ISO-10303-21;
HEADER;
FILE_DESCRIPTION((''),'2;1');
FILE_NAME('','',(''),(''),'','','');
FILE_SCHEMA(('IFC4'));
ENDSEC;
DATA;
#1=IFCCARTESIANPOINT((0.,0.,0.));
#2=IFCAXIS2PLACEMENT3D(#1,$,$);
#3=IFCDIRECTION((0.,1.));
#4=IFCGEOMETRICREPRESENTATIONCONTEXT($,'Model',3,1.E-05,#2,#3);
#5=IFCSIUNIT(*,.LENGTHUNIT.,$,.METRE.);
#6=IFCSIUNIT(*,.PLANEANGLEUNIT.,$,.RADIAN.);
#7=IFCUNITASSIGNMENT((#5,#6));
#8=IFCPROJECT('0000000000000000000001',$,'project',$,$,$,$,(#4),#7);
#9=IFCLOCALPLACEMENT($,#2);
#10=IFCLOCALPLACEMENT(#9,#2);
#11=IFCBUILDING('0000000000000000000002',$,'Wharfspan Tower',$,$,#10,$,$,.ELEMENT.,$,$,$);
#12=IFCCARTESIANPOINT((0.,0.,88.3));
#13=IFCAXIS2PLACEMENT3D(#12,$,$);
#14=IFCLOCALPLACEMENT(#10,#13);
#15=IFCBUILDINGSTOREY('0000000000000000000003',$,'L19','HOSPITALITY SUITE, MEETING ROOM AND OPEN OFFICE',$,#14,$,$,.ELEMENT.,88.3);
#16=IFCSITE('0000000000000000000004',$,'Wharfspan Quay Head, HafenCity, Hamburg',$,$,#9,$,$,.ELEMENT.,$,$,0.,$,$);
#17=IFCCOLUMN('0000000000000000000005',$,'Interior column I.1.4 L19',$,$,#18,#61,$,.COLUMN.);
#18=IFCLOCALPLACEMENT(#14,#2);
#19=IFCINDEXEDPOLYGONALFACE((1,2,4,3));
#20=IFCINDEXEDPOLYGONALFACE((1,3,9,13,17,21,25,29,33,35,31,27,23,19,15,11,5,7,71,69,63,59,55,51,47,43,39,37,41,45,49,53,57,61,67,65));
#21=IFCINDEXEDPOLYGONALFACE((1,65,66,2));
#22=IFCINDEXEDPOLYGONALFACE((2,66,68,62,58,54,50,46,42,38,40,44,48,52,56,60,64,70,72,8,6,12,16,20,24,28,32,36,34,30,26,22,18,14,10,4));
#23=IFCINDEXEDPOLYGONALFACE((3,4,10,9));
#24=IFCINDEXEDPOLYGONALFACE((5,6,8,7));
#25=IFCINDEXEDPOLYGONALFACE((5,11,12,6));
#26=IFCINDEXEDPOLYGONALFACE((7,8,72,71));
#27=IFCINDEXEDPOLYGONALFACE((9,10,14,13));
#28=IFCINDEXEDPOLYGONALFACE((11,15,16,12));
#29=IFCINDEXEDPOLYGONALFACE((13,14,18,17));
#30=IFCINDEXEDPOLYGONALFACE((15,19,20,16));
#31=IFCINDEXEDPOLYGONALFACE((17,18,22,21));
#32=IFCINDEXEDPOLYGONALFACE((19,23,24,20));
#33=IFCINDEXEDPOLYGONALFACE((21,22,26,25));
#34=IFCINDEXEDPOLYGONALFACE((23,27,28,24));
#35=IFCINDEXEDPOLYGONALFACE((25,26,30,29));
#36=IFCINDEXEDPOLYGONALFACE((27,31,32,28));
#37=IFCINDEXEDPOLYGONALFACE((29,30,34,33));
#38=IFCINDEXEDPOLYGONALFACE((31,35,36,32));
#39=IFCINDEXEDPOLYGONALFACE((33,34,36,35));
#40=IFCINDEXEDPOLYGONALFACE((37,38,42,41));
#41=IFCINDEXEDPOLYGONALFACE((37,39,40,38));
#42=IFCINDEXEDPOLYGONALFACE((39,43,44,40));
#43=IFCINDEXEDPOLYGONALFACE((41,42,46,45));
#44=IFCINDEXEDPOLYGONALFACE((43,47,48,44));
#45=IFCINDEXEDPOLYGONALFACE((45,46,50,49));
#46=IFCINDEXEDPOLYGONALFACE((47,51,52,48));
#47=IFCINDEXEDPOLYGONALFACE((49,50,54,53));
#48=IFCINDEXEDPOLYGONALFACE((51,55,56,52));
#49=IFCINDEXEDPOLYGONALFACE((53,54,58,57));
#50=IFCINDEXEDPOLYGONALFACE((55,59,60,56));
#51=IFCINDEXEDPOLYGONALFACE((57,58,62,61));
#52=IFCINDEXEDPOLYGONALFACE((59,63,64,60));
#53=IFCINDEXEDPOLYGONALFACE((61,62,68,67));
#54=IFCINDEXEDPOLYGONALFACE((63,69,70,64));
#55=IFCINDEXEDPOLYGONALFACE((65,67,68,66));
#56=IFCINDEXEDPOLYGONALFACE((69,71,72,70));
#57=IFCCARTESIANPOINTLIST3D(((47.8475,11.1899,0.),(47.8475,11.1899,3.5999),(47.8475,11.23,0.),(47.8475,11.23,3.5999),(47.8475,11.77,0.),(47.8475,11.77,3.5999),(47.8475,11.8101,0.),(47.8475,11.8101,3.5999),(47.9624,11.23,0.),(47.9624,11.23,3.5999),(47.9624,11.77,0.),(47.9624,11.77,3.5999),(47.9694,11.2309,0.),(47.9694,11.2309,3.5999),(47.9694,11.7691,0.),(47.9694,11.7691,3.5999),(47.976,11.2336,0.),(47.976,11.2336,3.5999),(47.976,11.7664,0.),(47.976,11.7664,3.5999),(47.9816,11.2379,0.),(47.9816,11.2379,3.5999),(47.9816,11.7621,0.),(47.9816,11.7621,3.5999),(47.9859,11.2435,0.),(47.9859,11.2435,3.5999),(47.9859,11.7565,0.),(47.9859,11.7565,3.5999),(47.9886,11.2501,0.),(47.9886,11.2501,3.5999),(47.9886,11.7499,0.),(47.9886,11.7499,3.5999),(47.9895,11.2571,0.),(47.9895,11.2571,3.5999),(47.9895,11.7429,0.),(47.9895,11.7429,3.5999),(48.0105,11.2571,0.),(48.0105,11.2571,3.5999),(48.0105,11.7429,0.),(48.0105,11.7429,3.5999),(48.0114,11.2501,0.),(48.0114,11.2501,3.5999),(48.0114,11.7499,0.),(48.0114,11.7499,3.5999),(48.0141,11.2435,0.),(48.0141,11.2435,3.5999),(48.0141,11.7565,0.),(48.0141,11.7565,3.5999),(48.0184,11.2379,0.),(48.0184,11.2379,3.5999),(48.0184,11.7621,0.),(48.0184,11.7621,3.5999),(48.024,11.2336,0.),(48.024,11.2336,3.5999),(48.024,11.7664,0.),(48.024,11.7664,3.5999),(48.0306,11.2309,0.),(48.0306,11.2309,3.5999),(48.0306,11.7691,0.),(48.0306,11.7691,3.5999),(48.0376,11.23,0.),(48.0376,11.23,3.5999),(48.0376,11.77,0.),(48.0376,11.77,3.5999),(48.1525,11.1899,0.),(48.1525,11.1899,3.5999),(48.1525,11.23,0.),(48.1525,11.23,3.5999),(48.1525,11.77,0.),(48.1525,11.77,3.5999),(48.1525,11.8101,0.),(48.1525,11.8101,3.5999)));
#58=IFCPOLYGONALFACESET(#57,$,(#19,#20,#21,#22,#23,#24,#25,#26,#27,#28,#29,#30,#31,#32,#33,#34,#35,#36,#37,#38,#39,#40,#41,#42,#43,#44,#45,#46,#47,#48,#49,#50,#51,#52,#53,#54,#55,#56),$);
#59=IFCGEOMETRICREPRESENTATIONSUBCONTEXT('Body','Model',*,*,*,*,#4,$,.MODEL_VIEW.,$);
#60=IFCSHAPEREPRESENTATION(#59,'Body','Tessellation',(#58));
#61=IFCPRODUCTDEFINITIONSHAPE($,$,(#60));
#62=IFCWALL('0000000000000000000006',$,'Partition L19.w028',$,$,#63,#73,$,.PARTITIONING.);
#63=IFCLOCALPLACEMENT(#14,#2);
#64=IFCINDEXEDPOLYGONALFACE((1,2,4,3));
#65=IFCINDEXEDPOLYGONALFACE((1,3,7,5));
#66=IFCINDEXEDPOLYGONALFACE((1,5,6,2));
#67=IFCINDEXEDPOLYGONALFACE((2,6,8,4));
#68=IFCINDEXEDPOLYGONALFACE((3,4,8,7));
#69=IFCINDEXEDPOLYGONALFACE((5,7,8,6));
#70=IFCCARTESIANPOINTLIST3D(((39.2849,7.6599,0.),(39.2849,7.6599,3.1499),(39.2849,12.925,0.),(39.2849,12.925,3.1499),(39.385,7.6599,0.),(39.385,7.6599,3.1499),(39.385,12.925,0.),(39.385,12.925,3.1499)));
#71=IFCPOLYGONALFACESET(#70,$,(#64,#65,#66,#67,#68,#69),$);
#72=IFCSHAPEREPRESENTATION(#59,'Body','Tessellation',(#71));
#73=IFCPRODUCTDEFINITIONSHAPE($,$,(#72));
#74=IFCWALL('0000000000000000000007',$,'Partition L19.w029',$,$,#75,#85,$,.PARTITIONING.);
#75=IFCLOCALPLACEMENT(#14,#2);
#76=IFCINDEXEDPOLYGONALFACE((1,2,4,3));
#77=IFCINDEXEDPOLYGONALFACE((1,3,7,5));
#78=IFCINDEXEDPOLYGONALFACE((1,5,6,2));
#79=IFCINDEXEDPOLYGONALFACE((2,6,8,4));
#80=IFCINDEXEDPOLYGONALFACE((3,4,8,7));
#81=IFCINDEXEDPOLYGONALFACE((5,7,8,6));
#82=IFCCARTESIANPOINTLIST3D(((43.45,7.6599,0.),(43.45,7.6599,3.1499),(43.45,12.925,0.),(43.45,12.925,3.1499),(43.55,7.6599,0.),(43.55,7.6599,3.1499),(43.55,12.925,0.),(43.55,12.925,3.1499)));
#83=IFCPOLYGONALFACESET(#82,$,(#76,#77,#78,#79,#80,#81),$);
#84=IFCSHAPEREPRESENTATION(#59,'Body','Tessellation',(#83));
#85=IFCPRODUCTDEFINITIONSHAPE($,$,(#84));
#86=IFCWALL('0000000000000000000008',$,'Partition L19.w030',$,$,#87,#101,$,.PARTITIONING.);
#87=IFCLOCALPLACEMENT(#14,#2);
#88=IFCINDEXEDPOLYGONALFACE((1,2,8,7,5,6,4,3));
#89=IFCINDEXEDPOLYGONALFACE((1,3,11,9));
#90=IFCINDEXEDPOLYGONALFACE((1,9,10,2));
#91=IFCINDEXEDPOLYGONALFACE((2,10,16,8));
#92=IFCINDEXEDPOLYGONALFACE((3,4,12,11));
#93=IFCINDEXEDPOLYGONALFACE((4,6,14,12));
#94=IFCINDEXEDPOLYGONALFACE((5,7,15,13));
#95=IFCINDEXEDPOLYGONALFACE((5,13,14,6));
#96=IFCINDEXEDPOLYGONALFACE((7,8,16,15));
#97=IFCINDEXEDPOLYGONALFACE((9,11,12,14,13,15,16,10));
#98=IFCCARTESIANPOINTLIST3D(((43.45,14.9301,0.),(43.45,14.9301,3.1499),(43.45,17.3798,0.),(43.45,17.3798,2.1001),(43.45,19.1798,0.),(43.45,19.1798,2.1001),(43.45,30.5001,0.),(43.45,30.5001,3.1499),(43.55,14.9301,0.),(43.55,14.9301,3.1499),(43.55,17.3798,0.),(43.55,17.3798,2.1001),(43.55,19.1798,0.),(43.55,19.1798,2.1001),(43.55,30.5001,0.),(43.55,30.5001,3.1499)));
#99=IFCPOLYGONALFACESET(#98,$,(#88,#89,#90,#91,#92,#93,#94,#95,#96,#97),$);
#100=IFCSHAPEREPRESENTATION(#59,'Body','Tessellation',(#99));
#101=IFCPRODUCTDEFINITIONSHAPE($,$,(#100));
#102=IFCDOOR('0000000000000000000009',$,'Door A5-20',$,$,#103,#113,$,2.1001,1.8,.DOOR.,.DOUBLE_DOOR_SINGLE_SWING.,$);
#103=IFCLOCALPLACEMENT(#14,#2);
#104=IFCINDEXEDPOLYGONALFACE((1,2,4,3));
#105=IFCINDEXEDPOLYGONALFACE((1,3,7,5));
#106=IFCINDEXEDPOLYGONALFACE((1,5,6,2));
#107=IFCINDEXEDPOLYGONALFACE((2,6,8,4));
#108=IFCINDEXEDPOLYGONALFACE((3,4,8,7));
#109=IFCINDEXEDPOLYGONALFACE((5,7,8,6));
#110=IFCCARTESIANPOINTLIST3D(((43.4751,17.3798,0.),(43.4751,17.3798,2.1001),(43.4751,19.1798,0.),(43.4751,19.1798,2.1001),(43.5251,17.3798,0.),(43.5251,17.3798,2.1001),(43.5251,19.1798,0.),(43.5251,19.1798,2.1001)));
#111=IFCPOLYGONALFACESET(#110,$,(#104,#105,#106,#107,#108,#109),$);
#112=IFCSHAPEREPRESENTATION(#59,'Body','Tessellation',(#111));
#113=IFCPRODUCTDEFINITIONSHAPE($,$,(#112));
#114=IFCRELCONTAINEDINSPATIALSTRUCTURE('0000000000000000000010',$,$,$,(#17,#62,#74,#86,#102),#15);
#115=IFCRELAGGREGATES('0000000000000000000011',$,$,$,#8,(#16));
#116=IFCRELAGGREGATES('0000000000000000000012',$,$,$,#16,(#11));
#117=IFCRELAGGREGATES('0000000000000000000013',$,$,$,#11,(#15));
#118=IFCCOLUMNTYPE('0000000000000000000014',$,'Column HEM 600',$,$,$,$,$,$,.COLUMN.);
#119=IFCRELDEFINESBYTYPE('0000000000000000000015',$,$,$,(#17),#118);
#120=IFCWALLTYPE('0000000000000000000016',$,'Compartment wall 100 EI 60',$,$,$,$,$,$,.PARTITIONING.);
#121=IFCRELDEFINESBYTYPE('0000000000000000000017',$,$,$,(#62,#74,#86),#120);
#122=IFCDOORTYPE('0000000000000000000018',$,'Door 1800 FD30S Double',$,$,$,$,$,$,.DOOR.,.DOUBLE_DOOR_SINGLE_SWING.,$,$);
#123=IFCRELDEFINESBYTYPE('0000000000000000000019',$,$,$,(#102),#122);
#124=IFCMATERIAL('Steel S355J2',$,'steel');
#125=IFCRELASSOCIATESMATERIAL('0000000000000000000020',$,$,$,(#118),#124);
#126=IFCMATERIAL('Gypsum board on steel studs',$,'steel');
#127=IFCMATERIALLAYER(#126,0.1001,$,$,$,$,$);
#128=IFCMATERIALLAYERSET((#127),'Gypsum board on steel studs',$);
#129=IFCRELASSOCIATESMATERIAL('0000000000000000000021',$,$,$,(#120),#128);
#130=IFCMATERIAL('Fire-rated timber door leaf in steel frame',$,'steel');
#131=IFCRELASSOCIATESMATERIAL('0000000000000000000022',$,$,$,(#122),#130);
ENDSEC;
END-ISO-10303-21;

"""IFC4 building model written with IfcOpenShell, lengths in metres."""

from ifc_helpers import new_model, si_unit, direction, frame, frame_2d, origin, origin_2d, place, context, subcontext, project, spatial, rectangle, i_section, extrude, material, layer, layer_set, material_profile, profile_set, type_object, element, fill, save


model = new_model("IFC4")

# Units and contexts
model_context = context("Model", 3, precision=1e-05, world=origin(), true_north=direction((0.0, 1.0)))
body_context = subcontext(model_context, "Body", "Model", "MODEL_VIEW")
ifc_project = project(units=[si_unit("LENGTHUNIT", "METRE"), si_unit("PLANEANGLEUNIT", "RADIAN")], contexts=[model_context])

# Site, building, storey
site_placement = place(None, origin())
site = spatial("IfcSite", under=ifc_project, at=site_placement, Name="Wharfspan Quay Head, HafenCity, Hamburg", CompositionType="ELEMENT", RefElevation=0.0)
building_placement = place(site_placement, origin())
building = spatial("IfcBuilding", under=site, at=building_placement, Name="Wharfspan Tower", CompositionType="ELEMENT")
storey_placement = place(building_placement, frame((0.0, 0.0, 88.3)))
storey = spatial("IfcBuildingStorey", under=building, at=storey_placement, Name="L19", Description="HOSPITALITY SUITE, MEETING ROOM AND OPEN OFFICE", CompositionType="ELEMENT", Elevation=88.3)

# Column
ifc_material_1 = material(Name="Steel S355J2", Category="steel")
ifc_material_profile = material_profile(ifc_material_1, i_section(OverallWidth=0.3049, OverallDepth=0.6201, WebThickness=0.021, FlangeThickness=0.04, FilletRadius=0.0271, at=origin_2d()))
ifc_profile_set = profile_set([ifc_material_profile], Name="Steel S355J2")
column_type = type_object("IfcColumnType", Name="Column HEM 600", PredefinedType="COLUMN", material=ifc_profile_set)
column_placement = place(storey_placement, frame((48.0, 11.5, 0.0), z_axis=(0.0, 0.0, 1.0), x_axis=(1.0, 0.0, 0.0)))
element("IfcColumn", 1, at=column_placement, inside=storey, type_object=column_type, Name="Interior column I.1.4 L19", PredefinedType="COLUMN", context=body_context, shape_type="SweptSolid", body=[
    extrude(i_section(OverallWidth=0.3049, OverallDepth=0.6201, WebThickness=0.021, FlangeThickness=0.04, FilletRadius=0.0271, at=origin_2d()), origin(), (0.0, 0.0, 1.0), 3.5999),
])

# Walls
ifc_material_2 = material(Name="Gypsum board on steel studs", Category="steel")
ifc_layer_1 = layer(ifc_material_2, 0.1001)
ifc_layer_set_1 = layer_set([ifc_layer_1], Name="Gypsum board on steel studs")
wall_type_1 = type_object("IfcWallType", Name="Compartment wall 100 EI 60", PredefinedType="PARTITIONING", material=ifc_layer_set_1)
for number, where, z_axis, x_axis, name in (
    (2, (39.335, 7.6599, 0.0), (0.0, 0.0, 1.0), (0.0, 1.0, 0.0), "Partition L19.w028"),
    (3, (43.5, 7.6599, 0.0), (0.0, 0.0, 1.0), (0.0, 1.0, 0.0), "Partition L19.w029"),
):
    element("IfcWall", number, at=place(storey_placement, frame(where, z_axis=z_axis, x_axis=x_axis)), inside=storey, type_object=wall_type_1, Name=name, PredefinedType="PARTITIONING", context=body_context, shape_type="SweptSolid", body=[
        extrude(rectangle(XDim=5.2651, YDim=0.1001, at=frame_2d((2.6326, 0.0))), origin(), (0.0, 0.0, 1.0), 3.1499),
    ])

# Wall, opening, door
wall_1_placement = place(storey_placement, frame((43.5, 14.9299, 0.0), z_axis=(0.0, 0.0, 1.0), x_axis=(0.0, 1.0, 0.0)))
wall_1 = element("IfcWall", 4, at=wall_1_placement, inside=storey, type_object=wall_type_1, Name="Partition L19.w030", PredefinedType="PARTITIONING", context=body_context, shape_type="SweptSolid", body=[
    extrude(rectangle(XDim=15.5701, YDim=0.1001, at=frame_2d((7.7852, 0.0))), origin(), (0.0, 0.0, 1.0), 3.1499),
])
opening_1_placement = place(wall_1_placement, frame((2.45, 0.0, 0.0)))
opening_1 = element("IfcOpeningElement", 5, at=opening_1_placement, cuts=wall_1, PredefinedType="OPENING", context=body_context, shape_type="SweptSolid", body=[
    extrude(rectangle(XDim=1.8, YDim=2.1001, at=frame_2d((0.8999, 1.05))), frame((0.0, 0.0601, 0.0), z_axis=(0.0, -1.0, 0.0), x_axis=(1.0, 0.0, 0.0)), (0.0, 0.0, 1.0), 0.1201),
])
ifc_material_3 = material(Name="Fire-rated timber door leaf in steel frame", Category="steel")
door_type_1 = type_object("IfcDoorType", Name="Door 1800 FD30S Double", OperationType="DOUBLE_DOOR_SINGLE_SWING", PredefinedType="DOOR", material=ifc_material_3)
door_1_placement = place(opening_1_placement, origin())
door_1 = element("IfcDoor", 6, at=door_1_placement, inside=storey, type_object=door_type_1, Name="Door A5-20", OperationType="DOUBLE_DOOR_SINGLE_SWING", OverallHeight=2.1001, OverallWidth=1.8, PredefinedType="DOOR", context=body_context, shape_type="SweptSolid", body=[
    extrude(rectangle(XDim=1.8, YDim=2.1001, at=frame_2d((0.8999, 1.05))), frame((0.0, 0.0249, 0.0), z_axis=(0.0, -1.0, 0.0), x_axis=(1.0, 0.0, 0.0)), (0.0, 0.0, 1.0), 0.05),
])
fill(opening_1, door_1)

save(model, "model.ifc")
